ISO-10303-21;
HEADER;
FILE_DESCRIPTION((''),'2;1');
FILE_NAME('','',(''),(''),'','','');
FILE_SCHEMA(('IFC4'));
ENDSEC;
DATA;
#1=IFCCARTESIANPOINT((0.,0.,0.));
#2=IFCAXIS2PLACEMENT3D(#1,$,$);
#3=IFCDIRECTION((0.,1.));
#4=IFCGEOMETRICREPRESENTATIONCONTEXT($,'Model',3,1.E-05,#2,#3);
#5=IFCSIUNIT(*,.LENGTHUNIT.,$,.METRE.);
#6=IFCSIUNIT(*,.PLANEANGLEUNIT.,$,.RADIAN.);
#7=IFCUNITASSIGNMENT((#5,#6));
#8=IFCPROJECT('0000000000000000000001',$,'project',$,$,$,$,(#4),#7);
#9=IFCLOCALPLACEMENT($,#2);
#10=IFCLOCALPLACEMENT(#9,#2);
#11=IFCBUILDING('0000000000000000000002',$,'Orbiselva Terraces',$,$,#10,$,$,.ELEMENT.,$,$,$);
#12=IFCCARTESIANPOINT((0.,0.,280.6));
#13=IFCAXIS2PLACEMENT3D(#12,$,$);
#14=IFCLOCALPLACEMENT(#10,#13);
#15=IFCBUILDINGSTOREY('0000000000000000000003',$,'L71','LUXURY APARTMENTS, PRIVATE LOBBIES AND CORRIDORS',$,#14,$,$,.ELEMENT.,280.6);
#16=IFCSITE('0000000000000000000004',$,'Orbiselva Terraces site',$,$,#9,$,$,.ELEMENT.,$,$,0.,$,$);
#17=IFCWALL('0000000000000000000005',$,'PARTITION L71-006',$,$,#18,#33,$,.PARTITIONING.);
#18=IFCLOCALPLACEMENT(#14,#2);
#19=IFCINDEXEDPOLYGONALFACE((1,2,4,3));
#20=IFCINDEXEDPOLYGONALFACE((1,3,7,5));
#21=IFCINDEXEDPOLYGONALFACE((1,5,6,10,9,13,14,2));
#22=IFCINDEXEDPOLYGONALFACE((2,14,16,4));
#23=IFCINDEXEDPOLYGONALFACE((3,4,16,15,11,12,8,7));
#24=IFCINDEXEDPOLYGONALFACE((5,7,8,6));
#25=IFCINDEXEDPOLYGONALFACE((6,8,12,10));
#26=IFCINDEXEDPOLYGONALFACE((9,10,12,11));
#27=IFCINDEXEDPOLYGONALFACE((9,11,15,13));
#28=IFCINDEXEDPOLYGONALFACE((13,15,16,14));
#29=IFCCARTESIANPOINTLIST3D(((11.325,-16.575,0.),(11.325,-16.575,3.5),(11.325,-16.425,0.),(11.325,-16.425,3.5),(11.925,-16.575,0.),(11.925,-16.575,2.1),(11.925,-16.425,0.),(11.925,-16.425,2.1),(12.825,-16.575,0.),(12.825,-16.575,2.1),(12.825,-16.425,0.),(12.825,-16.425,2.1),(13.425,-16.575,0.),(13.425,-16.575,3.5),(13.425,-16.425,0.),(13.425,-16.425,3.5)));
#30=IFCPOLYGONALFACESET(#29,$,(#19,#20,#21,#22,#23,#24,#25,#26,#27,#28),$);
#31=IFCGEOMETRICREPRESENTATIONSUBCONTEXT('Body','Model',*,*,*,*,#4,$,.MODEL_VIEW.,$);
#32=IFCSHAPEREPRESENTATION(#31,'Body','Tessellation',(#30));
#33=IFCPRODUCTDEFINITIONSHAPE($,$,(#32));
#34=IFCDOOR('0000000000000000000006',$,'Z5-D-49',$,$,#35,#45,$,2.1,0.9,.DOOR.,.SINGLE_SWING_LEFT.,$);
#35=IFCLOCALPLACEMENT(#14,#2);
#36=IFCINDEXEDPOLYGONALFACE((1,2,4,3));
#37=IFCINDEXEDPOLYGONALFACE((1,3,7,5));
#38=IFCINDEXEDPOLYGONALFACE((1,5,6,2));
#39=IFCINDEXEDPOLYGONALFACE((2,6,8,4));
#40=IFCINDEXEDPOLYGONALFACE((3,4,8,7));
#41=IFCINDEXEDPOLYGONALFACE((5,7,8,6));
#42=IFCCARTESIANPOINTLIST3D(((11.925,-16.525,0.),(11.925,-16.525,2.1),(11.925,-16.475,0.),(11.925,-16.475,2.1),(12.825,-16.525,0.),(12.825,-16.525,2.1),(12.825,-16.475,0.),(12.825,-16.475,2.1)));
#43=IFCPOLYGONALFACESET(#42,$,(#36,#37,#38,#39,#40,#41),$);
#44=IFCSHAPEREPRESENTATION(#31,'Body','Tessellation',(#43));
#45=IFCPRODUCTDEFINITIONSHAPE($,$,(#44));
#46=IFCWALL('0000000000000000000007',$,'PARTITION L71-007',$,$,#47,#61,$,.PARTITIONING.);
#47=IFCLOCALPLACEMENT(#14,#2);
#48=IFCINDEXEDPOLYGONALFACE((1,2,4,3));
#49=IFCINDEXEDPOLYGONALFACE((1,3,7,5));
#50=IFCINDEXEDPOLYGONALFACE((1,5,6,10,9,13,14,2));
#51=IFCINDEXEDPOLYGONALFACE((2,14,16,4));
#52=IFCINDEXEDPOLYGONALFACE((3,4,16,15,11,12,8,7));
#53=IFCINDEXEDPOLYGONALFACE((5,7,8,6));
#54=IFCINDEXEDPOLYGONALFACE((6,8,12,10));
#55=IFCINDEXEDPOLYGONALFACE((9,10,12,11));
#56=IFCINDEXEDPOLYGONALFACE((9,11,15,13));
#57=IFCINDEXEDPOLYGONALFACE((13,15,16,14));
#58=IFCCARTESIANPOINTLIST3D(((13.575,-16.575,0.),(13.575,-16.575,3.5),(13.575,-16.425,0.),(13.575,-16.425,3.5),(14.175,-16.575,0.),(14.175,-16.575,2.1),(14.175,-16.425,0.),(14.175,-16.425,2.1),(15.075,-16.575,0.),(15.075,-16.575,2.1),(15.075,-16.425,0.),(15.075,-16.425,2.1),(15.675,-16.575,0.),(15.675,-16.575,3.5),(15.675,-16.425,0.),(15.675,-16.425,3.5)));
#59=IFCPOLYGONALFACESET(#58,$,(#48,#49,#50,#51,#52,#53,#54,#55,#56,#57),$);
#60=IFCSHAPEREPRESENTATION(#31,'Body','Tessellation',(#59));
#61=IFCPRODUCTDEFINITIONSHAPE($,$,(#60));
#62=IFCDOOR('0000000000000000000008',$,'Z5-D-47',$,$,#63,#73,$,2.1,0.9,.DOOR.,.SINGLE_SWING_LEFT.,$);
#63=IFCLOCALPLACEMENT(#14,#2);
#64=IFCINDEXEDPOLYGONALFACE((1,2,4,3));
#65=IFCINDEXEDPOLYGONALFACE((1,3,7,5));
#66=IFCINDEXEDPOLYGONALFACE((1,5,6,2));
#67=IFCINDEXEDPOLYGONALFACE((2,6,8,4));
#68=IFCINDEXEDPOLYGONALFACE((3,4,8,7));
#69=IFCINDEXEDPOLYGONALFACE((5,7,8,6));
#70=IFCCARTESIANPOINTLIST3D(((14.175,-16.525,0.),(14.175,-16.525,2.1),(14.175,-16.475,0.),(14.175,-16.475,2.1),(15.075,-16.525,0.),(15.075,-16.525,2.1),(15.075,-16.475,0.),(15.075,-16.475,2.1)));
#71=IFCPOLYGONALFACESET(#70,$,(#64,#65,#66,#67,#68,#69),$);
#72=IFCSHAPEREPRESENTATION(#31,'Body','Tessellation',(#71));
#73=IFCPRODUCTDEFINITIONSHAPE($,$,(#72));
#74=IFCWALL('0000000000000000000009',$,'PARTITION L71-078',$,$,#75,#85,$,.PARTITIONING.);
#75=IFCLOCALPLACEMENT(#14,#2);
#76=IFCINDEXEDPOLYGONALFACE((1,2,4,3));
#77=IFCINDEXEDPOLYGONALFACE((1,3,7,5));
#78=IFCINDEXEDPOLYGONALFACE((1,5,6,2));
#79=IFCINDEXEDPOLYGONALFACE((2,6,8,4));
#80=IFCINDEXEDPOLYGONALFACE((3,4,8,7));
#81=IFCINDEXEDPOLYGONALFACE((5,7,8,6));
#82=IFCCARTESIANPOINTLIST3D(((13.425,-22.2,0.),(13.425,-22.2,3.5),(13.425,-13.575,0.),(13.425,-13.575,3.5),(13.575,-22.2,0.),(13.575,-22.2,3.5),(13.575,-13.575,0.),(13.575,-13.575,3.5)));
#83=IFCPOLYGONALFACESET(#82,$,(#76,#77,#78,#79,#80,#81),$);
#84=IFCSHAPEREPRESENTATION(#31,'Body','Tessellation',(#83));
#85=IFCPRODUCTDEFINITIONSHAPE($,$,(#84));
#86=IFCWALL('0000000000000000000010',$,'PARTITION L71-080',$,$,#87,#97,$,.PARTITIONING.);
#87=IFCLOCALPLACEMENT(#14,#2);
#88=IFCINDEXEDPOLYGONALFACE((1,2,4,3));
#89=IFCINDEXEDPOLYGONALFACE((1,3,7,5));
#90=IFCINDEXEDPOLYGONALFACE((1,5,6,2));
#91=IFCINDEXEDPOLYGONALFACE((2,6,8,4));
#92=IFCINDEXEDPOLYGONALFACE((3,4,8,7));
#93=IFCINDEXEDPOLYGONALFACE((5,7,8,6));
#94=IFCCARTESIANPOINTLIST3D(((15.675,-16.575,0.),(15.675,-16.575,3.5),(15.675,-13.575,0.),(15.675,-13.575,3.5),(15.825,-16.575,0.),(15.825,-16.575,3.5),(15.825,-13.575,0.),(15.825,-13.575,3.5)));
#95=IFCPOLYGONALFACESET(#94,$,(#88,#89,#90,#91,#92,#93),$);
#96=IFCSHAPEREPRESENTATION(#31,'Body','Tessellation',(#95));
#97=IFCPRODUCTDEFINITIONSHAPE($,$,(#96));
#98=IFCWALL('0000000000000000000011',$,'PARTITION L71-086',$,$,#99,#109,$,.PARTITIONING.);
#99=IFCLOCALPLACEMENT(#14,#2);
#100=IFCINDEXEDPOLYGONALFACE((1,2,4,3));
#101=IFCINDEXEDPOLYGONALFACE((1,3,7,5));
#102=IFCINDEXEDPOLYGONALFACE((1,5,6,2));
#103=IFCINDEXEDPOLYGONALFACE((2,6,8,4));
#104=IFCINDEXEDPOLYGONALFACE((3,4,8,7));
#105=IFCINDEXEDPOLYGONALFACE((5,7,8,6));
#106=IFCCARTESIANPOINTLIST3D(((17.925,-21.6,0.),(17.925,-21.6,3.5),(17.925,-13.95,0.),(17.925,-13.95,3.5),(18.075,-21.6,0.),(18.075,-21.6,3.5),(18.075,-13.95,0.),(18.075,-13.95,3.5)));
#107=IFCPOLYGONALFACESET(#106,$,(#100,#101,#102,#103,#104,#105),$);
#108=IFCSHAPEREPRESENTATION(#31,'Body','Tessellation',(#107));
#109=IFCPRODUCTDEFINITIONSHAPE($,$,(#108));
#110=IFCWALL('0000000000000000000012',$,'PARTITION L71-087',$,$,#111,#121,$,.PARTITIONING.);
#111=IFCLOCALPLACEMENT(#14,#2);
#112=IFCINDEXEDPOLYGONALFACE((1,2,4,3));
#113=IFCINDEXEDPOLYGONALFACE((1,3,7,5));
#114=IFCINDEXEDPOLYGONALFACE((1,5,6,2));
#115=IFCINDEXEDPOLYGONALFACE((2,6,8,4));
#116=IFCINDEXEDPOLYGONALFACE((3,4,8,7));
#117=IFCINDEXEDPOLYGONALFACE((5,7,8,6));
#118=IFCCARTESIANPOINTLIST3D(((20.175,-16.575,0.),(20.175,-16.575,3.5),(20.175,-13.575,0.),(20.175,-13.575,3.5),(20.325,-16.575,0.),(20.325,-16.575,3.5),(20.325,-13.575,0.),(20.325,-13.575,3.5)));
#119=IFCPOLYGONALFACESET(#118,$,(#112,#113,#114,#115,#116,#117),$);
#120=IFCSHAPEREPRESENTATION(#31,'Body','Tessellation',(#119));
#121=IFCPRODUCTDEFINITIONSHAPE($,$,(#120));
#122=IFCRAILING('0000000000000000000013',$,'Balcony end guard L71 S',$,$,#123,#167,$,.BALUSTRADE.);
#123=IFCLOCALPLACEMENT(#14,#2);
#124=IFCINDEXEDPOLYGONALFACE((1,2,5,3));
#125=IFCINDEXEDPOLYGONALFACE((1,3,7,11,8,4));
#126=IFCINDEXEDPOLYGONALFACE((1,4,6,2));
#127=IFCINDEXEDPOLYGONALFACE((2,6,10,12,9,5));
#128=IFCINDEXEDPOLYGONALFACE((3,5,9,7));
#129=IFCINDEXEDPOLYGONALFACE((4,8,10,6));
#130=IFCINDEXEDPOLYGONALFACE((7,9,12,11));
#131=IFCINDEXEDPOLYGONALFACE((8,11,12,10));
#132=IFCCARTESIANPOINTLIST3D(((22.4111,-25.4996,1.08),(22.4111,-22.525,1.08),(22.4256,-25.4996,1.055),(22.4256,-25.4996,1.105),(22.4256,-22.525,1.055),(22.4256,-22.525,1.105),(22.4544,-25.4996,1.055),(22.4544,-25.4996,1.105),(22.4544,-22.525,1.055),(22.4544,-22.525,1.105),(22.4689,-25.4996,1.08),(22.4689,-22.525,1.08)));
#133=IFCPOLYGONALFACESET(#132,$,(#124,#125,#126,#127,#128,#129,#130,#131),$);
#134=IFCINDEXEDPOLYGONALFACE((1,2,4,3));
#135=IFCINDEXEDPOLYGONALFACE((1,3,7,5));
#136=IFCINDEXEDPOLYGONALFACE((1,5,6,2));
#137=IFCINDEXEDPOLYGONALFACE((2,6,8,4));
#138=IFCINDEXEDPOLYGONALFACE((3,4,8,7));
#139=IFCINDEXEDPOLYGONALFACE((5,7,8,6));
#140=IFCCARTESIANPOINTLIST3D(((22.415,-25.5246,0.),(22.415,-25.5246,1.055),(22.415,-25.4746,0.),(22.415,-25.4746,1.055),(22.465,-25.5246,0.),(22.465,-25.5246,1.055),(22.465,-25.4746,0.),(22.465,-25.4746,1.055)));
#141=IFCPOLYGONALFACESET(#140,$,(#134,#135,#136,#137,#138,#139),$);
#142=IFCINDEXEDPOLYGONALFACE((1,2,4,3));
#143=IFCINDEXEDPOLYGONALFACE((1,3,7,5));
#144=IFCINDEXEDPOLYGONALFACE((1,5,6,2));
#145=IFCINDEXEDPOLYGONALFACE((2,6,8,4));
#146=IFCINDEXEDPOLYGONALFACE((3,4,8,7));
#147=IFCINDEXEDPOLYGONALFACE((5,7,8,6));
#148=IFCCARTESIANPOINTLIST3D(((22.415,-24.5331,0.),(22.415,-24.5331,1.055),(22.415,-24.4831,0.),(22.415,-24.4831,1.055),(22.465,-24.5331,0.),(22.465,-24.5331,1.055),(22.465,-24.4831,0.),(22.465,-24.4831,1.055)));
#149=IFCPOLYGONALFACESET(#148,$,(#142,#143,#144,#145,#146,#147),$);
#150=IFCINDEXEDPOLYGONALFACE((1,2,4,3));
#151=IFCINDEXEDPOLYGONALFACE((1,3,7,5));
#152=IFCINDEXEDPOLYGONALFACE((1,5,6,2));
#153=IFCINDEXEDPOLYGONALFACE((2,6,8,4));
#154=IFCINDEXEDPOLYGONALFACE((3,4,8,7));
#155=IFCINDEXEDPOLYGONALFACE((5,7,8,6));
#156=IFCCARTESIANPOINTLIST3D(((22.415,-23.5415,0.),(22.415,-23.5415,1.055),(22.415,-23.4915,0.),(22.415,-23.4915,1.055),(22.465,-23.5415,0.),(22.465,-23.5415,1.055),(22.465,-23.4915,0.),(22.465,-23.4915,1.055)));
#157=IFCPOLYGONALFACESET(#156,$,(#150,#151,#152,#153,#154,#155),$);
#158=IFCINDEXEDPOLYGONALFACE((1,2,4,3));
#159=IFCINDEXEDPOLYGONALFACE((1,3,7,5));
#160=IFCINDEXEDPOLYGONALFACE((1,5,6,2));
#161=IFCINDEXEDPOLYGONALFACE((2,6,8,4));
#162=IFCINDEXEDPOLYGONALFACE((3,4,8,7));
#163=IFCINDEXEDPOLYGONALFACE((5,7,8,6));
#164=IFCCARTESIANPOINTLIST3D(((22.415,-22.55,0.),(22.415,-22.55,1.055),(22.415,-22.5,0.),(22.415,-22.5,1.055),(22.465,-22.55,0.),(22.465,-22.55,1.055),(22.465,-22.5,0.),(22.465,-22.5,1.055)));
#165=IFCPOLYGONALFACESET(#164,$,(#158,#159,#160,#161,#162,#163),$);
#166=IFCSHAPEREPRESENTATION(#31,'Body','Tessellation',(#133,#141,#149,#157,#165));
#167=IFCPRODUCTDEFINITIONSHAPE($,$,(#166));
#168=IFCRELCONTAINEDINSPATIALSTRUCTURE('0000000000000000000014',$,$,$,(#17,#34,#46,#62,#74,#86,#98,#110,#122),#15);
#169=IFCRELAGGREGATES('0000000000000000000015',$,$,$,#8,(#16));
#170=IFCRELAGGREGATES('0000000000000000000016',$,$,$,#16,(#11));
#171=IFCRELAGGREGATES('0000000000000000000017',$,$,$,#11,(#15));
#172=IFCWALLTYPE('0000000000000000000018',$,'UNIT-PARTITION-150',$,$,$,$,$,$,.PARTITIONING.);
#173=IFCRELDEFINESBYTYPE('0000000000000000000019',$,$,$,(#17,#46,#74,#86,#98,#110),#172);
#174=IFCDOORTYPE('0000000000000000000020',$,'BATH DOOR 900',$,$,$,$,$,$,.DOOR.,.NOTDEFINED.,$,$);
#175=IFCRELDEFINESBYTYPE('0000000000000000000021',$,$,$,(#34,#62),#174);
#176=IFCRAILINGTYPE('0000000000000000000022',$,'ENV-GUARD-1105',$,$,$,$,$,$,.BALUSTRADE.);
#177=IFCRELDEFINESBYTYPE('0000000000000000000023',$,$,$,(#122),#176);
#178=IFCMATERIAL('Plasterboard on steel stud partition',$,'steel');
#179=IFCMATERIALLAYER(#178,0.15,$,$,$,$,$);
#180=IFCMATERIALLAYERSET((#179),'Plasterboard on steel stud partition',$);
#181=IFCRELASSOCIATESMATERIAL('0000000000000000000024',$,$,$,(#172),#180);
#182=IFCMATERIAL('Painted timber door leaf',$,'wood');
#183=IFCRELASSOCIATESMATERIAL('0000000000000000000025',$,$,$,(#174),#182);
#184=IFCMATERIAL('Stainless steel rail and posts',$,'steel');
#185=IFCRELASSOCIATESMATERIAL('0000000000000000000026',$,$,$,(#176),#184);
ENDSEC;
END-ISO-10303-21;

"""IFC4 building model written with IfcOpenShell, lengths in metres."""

from ifc_helpers import new_model, si_unit, direction, frame, frame_2d, origin, origin_2d, place, context, subcontext, project, spatial, polyline, rectangle, outline, extrude, material, layer, layer_set, type_object, element, fill, save


model = new_model("IFC4")

# Units and contexts
model_context = context("Model", 3, precision=1e-05, world=origin(), true_north=direction((0.0, 1.0)))
body_context = subcontext(model_context, "Body", "Model", "MODEL_VIEW")
ifc_project = project(units=[si_unit("LENGTHUNIT", "METRE"), si_unit("PLANEANGLEUNIT", "RADIAN")], contexts=[model_context])

# Site, building, storey
site_placement = place(None, origin())
site = spatial("IfcSite", under=ifc_project, at=site_placement, Name="Orbiselva Terraces site", CompositionType="ELEMENT", RefElevation=0.0)
building_placement = place(site_placement, origin())
building = spatial("IfcBuilding", under=site, at=building_placement, Name="Orbiselva Terraces", CompositionType="ELEMENT")
storey_placement = place(building_placement, frame((0.0, 0.0, 280.6)))
storey = spatial("IfcBuildingStorey", under=building, at=storey_placement, Name="L71", Description="LUXURY APARTMENTS, PRIVATE LOBBIES AND CORRIDORS", CompositionType="ELEMENT", Elevation=280.6)

# Walls, openings, doors
ifc_material_1 = material(Name="Plasterboard on steel stud partition", Category="steel")
ifc_layer_1 = layer(ifc_material_1, 0.15)
ifc_layer_set_1 = layer_set([ifc_layer_1], Name="Plasterboard on steel stud partition")
wall_type_1 = type_object("IfcWallType", Name="UNIT-PARTITION-150", PredefinedType="PARTITIONING", material=ifc_layer_set_1)
wall_1_placement = place(storey_placement, frame((11.325, -16.5, 0.0), z_axis=(0.0, 0.0, 1.0), x_axis=(1.0, 0.0, 0.0)))
wall_1 = element("IfcWall", 1, at=wall_1_placement, inside=storey, type_object=wall_type_1, Name="PARTITION L71-006", PredefinedType="PARTITIONING", context=body_context, shape_type="SweptSolid", body=[
    extrude(rectangle(XDim=2.1, YDim=0.15, at=frame_2d((1.05, 0.0))), origin(), (0.0, 0.0, 1.0), 3.5),
])
opening_1_placement = place(wall_1_placement, frame((0.6, 0.0, 0.0)))
opening_1 = element("IfcOpeningElement", 2, at=opening_1_placement, cuts=wall_1, PredefinedType="OPENING", context=body_context, shape_type="SweptSolid", body=[
    extrude(rectangle(XDim=0.9, YDim=2.1, at=frame_2d((0.45, 1.05))), frame((0.0, 0.085, 0.0), z_axis=(0.0, -1.0, 0.0), x_axis=(1.0, 0.0, 0.0)), (0.0, 0.0, 1.0), 0.17),
])
ifc_material_2 = material(Name="Painted timber door leaf", Category="wood")
door_type_1 = type_object("IfcDoorType", Name="BATH DOOR 900", OperationType="NOTDEFINED", PredefinedType="DOOR", material=ifc_material_2)
door_1_placement = place(opening_1_placement, origin())
door_1 = element("IfcDoor", 3, at=door_1_placement, inside=storey, type_object=door_type_1, Name="Z5-D-49", OperationType="SINGLE_SWING_LEFT", OverallHeight=2.1, OverallWidth=0.9, PredefinedType="DOOR", context=body_context, shape_type="SweptSolid", body=[
    extrude(rectangle(XDim=0.9, YDim=2.1, at=frame_2d((0.45, 1.05))), frame((0.0, 0.025, 0.0), z_axis=(0.0, -1.0, 0.0), x_axis=(1.0, 0.0, 0.0)), (0.0, 0.0, 1.0), 0.05),
])
fill(opening_1, door_1)
wall_2_placement = place(storey_placement, frame((13.575, -16.5, 0.0), z_axis=(0.0, 0.0, 1.0), x_axis=(1.0, 0.0, 0.0)))
wall_2 = element("IfcWall", 4, at=wall_2_placement, inside=storey, type_object=wall_type_1, Name="PARTITION L71-007", PredefinedType="PARTITIONING", context=body_context, shape_type="SweptSolid", body=[
    extrude(rectangle(XDim=2.1, YDim=0.15, at=frame_2d((1.05, 0.0))), origin(), (0.0, 0.0, 1.0), 3.5),
])
opening_2_placement = place(wall_2_placement, frame((0.6, 0.0, 0.0)))
opening_2 = element("IfcOpeningElement", 5, at=opening_2_placement, cuts=wall_2, PredefinedType="OPENING", context=body_context, shape_type="SweptSolid", body=[
    extrude(rectangle(XDim=0.9, YDim=2.1, at=frame_2d((0.45, 1.05))), frame((0.0, 0.085, 0.0), z_axis=(0.0, -1.0, 0.0), x_axis=(1.0, 0.0, 0.0)), (0.0, 0.0, 1.0), 0.17),
])
door_2_placement = place(opening_2_placement, origin())
door_2 = element("IfcDoor", 6, at=door_2_placement, inside=storey, type_object=door_type_1, Name="Z5-D-47", OperationType="SINGLE_SWING_LEFT", OverallHeight=2.1, OverallWidth=0.9, PredefinedType="DOOR", context=body_context, shape_type="SweptSolid", body=[
    extrude(rectangle(XDim=0.9, YDim=2.1, at=frame_2d((0.45, 1.05))), frame((0.0, 0.025, 0.0), z_axis=(0.0, -1.0, 0.0), x_axis=(1.0, 0.0, 0.0)), (0.0, 0.0, 1.0), 0.05),
])
fill(opening_2, door_2)

# Walls
wall_3_placement = place(storey_placement, frame((13.5, -22.2, 0.0), z_axis=(0.0, 0.0, 1.0), x_axis=(0.0, 1.0, 0.0)))
element("IfcWall", 7, at=wall_3_placement, inside=storey, type_object=wall_type_1, Name="PARTITION L71-078", PredefinedType="PARTITIONING", context=body_context, shape_type="SweptSolid", body=[
    extrude(rectangle(XDim=8.625, YDim=0.15, at=frame_2d((4.3125, 0.0))), origin(), (0.0, 0.0, 1.0), 3.5),
])
wall_4_placement = place(storey_placement, frame((15.75, -16.575, 0.0), z_axis=(0.0, 0.0, 1.0), x_axis=(0.0, 1.0, 0.0)))
element("IfcWall", 8, at=wall_4_placement, inside=storey, type_object=wall_type_1, Name="PARTITION L71-080", PredefinedType="PARTITIONING", context=body_context, shape_type="SweptSolid", body=[
    extrude(rectangle(XDim=3.0, YDim=0.15, at=frame_2d((1.5, 0.0))), origin(), (0.0, 0.0, 1.0), 3.5),
])
wall_5_placement = place(storey_placement, frame((18.0, -21.6, 0.0), z_axis=(0.0, 0.0, 1.0), x_axis=(0.0, 1.0, 0.0)))
element("IfcWall", 9, at=wall_5_placement, inside=storey, type_object=wall_type_1, Name="PARTITION L71-086", PredefinedType="PARTITIONING", context=body_context, shape_type="SweptSolid", body=[
    extrude(rectangle(XDim=7.65, YDim=0.15, at=frame_2d((3.825, 0.0))), origin(), (0.0, 0.0, 1.0), 3.5),
])
wall_6_placement = place(storey_placement, frame((20.25, -16.575, 0.0), z_axis=(0.0, 0.0, 1.0), x_axis=(0.0, 1.0, 0.0)))
element("IfcWall", 10, at=wall_6_placement, inside=storey, type_object=wall_type_1, Name="PARTITION L71-087", PredefinedType="PARTITIONING", context=body_context, shape_type="SweptSolid", body=[
    extrude(rectangle(XDim=3.0, YDim=0.15, at=frame_2d((1.5, 0.0))), origin(), (0.0, 0.0, 1.0), 3.5),
])

# Railing
ifc_material_3 = material(Name="Stainless steel rail and posts", Category="steel")
railing_type_1 = type_object("IfcRailingType", Name="ENV-GUARD-1105", PredefinedType="BALUSTRADE", material=ifc_material_3)
railing_1_placement = place(storey_placement, frame((22.44, -25.4996, 0.0)))
element("IfcRailing", 11, at=railing_1_placement, inside=storey, type_object=railing_type_1, Name="Balcony end guard L71 S", PredefinedType="BALUSTRADE", context=body_context, shape_type="SweptSolid", body=[
    extrude(outline(polyline([(0.0289, 0.0), (0.0144, 0.025), (-0.0144, 0.025), (-0.0289, 0.0), (-0.0144, -0.025), (0.0144, -0.025), (0.0289, 0.0)])), frame((0.0, 0.0, 1.08), z_axis=(0.0, 1.0, 0.0), x_axis=(-1.0, 0.0, 0.0)), (0.0, 0.0, 1.0), 2.9746),
    extrude(rectangle(XDim=0.05, YDim=0.05, at=origin_2d()), origin(), (0.0, 0.0, 1.0), 1.055),
    extrude(rectangle(XDim=0.05, YDim=0.05, at=origin_2d()), frame((0.0, 0.9915, 0.0)), (0.0, 0.0, 1.0), 1.055),
    extrude(rectangle(XDim=0.05, YDim=0.05, at=origin_2d()), frame((0.0, 1.9831, 0.0)), (0.0, 0.0, 1.0), 1.055),
    extrude(rectangle(XDim=0.05, YDim=0.05, at=origin_2d()), frame((0.0, 2.9746, 0.0)), (0.0, 0.0, 1.0), 1.055),
])

save(model, "model.ifc")
